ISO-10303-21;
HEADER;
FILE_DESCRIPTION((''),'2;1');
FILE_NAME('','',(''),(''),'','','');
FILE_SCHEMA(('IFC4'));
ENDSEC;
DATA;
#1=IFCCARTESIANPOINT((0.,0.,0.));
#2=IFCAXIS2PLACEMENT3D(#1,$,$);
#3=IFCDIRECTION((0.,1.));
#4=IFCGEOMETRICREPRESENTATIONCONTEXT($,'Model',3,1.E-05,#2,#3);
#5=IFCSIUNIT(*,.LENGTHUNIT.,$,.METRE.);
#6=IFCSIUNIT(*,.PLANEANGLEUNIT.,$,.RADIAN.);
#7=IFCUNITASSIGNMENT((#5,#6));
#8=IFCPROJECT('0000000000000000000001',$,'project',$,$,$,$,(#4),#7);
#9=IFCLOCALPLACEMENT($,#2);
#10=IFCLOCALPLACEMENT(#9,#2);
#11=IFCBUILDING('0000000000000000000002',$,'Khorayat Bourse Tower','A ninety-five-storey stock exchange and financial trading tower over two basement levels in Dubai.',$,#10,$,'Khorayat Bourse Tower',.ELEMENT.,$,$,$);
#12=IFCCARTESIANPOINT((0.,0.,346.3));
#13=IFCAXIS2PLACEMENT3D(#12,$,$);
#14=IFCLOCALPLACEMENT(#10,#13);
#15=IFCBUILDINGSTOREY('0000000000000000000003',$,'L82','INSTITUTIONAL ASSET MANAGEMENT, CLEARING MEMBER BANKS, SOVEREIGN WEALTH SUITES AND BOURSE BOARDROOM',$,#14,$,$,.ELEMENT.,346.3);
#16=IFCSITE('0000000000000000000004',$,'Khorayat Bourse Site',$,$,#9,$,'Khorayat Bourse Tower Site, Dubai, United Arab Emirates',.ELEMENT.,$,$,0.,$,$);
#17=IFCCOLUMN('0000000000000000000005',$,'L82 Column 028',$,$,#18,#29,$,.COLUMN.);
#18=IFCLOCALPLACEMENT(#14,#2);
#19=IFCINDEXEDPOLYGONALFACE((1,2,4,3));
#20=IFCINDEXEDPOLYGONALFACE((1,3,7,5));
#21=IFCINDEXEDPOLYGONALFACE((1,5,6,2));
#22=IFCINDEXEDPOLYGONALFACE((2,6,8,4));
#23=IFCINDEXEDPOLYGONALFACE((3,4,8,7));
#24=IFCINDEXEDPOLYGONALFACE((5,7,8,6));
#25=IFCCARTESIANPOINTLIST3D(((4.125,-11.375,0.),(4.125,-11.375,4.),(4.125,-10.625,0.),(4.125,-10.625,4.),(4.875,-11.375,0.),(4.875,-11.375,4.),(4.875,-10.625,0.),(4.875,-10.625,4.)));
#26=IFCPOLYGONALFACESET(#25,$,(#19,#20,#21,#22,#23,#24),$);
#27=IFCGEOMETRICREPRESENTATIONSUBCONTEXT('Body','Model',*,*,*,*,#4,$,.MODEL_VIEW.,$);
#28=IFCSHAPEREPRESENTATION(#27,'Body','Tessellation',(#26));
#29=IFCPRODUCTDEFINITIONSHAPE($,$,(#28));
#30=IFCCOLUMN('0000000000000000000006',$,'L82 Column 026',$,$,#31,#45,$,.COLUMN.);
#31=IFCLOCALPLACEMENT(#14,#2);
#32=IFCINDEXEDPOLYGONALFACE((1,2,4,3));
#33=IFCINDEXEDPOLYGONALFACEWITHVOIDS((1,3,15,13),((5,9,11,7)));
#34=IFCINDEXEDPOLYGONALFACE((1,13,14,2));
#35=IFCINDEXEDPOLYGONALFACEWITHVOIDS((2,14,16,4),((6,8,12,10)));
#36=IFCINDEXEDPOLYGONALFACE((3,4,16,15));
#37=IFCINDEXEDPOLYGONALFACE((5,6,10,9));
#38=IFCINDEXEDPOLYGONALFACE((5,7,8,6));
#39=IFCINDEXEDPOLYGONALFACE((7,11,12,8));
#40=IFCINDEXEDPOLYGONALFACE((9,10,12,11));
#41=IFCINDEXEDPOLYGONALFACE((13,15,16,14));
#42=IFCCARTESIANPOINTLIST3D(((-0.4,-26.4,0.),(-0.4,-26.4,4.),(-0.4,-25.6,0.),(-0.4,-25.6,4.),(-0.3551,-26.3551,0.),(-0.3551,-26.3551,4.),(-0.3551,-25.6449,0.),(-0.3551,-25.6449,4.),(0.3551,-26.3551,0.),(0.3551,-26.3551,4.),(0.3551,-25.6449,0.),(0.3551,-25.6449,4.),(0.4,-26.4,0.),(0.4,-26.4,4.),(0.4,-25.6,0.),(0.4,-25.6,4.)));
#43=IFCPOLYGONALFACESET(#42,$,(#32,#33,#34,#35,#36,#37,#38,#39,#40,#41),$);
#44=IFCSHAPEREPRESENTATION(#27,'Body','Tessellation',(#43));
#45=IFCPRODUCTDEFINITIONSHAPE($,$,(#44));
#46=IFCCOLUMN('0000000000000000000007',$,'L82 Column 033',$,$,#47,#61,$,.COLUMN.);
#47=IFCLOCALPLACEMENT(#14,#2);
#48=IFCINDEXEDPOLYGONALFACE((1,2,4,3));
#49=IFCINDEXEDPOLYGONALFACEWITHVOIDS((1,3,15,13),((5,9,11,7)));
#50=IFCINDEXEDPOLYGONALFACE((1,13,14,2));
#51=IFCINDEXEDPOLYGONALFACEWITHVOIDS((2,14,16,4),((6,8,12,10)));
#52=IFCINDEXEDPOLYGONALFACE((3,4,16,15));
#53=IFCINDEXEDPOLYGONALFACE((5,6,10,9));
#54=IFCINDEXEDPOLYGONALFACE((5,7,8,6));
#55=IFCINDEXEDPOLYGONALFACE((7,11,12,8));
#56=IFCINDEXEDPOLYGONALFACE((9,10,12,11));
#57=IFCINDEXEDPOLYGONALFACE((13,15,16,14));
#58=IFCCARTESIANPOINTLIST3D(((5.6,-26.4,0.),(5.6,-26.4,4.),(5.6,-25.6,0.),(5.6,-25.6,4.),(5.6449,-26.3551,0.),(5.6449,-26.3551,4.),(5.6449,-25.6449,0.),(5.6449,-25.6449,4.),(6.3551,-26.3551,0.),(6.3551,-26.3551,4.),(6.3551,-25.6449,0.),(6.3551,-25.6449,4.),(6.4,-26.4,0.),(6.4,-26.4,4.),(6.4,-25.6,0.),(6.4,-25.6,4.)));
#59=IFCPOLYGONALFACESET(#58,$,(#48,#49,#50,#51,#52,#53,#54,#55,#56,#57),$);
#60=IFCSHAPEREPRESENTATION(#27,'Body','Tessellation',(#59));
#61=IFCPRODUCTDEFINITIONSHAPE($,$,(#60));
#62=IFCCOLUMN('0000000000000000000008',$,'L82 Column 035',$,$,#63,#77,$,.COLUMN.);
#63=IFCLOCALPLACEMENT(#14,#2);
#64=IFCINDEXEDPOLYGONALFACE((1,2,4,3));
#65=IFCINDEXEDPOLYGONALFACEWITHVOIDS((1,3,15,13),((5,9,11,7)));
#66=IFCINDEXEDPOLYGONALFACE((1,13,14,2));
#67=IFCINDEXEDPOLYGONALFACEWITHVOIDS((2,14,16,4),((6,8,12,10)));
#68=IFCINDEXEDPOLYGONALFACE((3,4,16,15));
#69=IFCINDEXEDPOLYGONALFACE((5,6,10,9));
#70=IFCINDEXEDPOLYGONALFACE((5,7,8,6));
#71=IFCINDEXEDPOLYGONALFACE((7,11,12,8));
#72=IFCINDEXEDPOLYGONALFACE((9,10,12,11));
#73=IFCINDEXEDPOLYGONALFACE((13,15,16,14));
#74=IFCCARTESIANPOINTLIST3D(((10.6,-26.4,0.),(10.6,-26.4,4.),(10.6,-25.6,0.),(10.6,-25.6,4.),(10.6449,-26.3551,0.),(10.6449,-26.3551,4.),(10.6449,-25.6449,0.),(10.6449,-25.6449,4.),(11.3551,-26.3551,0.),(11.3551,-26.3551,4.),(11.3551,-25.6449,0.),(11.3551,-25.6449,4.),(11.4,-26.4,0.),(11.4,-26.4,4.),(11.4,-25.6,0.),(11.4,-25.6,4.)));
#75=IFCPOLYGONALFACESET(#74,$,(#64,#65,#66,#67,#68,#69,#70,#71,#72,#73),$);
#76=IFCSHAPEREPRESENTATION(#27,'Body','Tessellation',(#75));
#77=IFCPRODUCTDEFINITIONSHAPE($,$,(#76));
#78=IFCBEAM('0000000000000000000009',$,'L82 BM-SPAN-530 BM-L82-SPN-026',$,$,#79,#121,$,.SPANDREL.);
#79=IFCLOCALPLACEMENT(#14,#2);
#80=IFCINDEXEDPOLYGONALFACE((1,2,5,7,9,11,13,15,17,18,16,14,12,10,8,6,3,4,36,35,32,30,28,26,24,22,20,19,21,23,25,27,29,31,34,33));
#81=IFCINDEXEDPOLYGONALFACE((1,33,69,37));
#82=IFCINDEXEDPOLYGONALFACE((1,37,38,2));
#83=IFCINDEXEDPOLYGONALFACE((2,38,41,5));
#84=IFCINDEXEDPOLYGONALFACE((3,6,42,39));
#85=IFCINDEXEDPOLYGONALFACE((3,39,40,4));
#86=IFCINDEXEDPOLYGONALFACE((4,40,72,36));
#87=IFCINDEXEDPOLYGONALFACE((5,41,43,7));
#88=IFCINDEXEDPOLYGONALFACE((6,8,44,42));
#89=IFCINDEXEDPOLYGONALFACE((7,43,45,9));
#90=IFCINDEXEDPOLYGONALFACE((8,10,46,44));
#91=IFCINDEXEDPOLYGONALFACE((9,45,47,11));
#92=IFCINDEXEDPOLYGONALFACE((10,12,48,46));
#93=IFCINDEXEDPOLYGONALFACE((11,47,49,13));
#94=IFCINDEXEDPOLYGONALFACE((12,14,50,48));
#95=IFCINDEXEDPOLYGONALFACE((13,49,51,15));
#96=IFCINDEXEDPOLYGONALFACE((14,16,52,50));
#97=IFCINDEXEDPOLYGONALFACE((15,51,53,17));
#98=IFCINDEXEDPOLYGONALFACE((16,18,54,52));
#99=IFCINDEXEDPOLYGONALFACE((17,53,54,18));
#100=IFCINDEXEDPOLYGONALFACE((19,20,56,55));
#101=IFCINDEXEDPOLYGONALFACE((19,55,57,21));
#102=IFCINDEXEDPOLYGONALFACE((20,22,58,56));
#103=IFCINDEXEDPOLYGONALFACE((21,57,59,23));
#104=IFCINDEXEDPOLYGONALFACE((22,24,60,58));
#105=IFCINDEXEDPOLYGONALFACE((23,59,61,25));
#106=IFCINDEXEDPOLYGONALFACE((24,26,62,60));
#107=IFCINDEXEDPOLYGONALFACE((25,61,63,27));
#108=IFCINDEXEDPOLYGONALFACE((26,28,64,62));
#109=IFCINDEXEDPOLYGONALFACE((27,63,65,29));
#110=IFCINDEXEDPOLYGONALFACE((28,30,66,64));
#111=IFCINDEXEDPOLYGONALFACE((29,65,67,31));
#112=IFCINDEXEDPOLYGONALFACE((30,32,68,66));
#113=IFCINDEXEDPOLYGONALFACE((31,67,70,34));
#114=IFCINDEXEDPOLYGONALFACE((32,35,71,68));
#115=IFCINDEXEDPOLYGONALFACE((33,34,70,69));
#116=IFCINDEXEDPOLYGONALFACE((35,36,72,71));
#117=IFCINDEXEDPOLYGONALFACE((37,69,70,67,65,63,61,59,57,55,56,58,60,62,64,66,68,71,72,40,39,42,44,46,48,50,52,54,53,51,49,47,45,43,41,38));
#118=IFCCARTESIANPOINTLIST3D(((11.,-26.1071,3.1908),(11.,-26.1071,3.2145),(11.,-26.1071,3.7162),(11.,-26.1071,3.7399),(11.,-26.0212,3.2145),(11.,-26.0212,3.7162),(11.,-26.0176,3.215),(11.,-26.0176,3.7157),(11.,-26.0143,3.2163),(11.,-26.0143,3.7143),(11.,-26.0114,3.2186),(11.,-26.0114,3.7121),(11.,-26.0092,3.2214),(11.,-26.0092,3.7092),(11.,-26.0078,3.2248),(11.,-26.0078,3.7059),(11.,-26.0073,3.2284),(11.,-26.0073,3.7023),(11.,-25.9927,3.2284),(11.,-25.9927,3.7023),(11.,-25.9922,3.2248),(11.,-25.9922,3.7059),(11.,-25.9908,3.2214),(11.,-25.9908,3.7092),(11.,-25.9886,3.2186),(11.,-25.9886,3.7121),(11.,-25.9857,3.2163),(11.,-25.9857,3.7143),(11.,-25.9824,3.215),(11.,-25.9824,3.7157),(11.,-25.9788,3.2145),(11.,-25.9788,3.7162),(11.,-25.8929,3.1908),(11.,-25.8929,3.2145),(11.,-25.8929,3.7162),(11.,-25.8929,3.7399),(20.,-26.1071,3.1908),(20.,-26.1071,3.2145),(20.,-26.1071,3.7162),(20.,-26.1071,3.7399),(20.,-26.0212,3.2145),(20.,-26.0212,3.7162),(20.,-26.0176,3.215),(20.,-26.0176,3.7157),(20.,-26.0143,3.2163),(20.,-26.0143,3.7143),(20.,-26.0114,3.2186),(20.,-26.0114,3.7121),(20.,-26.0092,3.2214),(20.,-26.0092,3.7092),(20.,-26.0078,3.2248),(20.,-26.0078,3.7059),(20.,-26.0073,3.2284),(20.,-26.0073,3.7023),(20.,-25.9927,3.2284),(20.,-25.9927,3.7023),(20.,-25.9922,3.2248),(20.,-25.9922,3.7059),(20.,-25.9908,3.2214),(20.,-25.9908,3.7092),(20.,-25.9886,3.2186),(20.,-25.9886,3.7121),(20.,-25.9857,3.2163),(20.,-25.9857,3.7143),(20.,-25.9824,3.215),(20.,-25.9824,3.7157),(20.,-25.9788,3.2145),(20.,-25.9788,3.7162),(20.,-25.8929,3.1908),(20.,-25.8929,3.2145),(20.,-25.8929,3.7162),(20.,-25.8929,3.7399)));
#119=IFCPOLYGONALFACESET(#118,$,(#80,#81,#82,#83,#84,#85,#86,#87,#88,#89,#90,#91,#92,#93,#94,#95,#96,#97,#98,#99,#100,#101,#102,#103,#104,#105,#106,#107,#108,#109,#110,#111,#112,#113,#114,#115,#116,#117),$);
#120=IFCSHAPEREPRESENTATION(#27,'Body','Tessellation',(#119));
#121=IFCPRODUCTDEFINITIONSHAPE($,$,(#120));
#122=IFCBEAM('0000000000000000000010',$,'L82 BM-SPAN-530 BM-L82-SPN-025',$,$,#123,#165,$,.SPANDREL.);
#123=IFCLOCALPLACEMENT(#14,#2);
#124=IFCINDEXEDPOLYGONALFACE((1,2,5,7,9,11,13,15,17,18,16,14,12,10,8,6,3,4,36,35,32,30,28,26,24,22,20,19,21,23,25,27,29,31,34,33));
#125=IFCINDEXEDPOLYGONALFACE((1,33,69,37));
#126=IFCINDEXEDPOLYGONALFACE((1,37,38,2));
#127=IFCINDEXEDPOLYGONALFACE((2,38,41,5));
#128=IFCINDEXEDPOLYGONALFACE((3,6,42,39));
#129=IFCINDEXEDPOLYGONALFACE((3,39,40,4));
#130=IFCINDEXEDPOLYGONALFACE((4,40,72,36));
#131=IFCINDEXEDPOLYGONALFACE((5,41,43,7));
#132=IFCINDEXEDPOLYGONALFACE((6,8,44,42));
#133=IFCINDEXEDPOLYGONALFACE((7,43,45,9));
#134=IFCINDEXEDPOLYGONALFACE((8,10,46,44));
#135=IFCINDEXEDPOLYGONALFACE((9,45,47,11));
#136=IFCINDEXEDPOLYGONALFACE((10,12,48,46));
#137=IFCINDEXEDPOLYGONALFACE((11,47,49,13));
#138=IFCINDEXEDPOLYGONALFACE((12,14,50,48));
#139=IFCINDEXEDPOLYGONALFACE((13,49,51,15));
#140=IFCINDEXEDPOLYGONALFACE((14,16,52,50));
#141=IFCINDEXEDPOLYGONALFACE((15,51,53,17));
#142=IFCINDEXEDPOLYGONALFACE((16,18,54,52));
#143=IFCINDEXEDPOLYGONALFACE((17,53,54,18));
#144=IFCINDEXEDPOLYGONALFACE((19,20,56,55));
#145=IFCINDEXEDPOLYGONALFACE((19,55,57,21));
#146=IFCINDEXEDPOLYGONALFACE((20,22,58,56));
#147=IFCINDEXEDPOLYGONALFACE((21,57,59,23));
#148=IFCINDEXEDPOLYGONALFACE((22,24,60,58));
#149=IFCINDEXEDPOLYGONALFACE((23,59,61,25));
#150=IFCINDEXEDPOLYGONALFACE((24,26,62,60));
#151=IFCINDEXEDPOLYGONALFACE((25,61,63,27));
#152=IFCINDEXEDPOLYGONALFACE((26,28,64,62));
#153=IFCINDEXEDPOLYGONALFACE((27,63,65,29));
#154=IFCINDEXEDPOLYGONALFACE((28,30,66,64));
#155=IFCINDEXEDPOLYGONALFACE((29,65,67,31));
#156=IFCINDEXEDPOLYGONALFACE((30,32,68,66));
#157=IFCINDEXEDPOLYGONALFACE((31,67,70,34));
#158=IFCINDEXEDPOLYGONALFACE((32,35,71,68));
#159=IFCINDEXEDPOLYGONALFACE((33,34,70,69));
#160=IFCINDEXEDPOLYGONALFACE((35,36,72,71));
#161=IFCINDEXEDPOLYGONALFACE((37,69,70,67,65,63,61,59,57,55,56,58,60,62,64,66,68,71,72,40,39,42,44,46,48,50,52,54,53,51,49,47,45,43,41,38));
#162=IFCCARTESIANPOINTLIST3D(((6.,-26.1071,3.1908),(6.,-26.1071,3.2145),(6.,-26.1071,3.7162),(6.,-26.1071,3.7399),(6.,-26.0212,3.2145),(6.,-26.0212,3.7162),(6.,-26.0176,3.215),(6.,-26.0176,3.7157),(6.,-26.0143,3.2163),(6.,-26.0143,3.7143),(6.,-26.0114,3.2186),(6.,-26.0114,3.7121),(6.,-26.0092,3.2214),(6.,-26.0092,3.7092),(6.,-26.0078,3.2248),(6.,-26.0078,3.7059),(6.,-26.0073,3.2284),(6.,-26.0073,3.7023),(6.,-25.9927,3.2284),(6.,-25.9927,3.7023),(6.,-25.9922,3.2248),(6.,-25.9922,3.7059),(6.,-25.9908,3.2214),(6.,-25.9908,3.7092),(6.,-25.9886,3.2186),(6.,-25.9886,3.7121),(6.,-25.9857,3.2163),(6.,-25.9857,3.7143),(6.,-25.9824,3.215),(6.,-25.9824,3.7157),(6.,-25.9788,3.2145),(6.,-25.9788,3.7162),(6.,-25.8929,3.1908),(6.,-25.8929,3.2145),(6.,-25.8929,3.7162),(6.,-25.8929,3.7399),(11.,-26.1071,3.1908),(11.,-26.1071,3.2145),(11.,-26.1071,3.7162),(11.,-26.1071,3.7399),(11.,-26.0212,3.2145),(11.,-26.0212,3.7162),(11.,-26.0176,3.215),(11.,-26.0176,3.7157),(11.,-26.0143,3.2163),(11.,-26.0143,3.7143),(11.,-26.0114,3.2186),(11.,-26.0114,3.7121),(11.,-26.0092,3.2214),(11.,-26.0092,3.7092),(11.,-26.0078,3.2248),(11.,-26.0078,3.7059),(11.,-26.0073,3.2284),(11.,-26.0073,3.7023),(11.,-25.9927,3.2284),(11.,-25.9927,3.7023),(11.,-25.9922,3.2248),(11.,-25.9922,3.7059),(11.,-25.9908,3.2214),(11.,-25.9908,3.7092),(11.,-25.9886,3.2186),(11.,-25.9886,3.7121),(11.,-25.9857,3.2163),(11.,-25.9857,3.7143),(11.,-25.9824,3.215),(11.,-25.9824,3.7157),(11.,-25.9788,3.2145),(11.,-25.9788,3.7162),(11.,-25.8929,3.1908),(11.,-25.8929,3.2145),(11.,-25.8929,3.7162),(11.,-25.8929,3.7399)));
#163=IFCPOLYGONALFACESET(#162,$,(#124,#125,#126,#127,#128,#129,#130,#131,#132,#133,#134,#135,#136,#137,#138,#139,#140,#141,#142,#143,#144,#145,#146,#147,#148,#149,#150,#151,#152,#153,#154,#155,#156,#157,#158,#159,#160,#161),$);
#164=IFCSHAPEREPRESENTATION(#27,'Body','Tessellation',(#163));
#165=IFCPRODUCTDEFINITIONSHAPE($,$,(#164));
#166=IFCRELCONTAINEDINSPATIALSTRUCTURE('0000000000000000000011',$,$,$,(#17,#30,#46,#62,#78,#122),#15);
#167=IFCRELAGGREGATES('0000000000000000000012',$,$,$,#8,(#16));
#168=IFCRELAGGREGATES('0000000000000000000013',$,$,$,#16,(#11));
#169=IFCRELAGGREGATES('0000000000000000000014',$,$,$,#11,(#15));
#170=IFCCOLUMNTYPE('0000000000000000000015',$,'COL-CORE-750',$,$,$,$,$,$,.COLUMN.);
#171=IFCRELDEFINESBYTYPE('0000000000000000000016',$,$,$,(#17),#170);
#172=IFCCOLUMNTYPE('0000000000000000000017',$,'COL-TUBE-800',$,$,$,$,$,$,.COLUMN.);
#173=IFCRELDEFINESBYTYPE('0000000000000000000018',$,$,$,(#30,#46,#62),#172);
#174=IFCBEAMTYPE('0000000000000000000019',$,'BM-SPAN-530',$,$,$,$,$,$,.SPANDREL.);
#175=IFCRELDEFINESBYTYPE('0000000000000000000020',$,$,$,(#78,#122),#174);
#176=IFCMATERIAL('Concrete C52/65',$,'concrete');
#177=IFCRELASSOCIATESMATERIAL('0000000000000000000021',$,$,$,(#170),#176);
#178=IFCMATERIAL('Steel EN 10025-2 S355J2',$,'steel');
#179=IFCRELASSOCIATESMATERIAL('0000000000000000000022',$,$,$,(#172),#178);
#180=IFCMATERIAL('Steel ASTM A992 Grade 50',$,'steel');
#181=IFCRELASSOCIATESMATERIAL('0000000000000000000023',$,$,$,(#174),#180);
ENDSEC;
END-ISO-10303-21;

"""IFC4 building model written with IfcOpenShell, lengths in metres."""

from ifc_helpers import new_model, si_unit, direction, frame, origin, origin_2d, place, context, subcontext, project, spatial, rectangle, hollow_rectangle, i_section, extrude, source, transform, mapped, material, material_profile, profile_set, type_object, element, save


model = new_model("IFC4")

# Units and contexts
model_context = context("Model", 3, precision=1e-05, world=origin(), true_north=direction((0.0, 1.0)))
body_context = subcontext(model_context, "Body", "Model", "MODEL_VIEW")
ifc_project = project(units=[si_unit("LENGTHUNIT", "METRE"), si_unit("PLANEANGLEUNIT", "RADIAN")], contexts=[model_context])

# Site, building, storey
site_placement = place(None, origin())
site = spatial("IfcSite", under=ifc_project, at=site_placement, Name="Khorayat Bourse Site", LongName="Khorayat Bourse Tower Site, Dubai, United Arab Emirates", CompositionType="ELEMENT", RefElevation=0.0)
building_placement = place(site_placement, origin())
building = spatial("IfcBuilding", under=site, at=building_placement, Name="Khorayat Bourse Tower", Description="A ninety-five-storey stock exchange and financial trading tower over two basement levels in Dubai.", LongName="Khorayat Bourse Tower", CompositionType="ELEMENT")
storey_placement = place(building_placement, frame((0.0, 0.0, 346.3)))
storey = spatial("IfcBuildingStorey", under=building, at=storey_placement, Name="L82", Description="INSTITUTIONAL ASSET MANAGEMENT, CLEARING MEMBER BANKS, SOVEREIGN WEALTH SUITES AND BOURSE BOARDROOM", CompositionType="ELEMENT", Elevation=346.3)

# Columns
ifc_material_1 = material(Name="Concrete C52/65", Category="concrete")
ifc_material_profile_1 = material_profile(ifc_material_1, rectangle(XDim=0.75, YDim=0.75, at=origin_2d()), Name="RC 750x750")
ifc_profile_set_1 = profile_set([ifc_material_profile_1], Name="Concrete C52/65")
column_type_1 = type_object("IfcColumnType", Name="COL-CORE-750", PredefinedType="COLUMN", material=ifc_profile_set_1)
shared_shape_1 = source(origin(), body_context, "Body", "SweptSolid", [
    extrude(rectangle(XDim=0.75, YDim=0.75, at=origin_2d()), origin(), (0.0, 0.0, 1.0), 4.0),
])
column_placement = place(storey_placement, frame((4.5, -11.0, 0.0), z_axis=(0.0, 0.0, 1.0), x_axis=(1.0, 0.0, 0.0)))
element("IfcColumn", 1, at=column_placement, inside=storey, type_object=column_type_1, Name="L82 Column 028", PredefinedType="COLUMN", context=body_context, shape_type="MappedRepresentation", body=[
    mapped(shared_shape_1, transform((0.0, 0.0, 0.0), scale=1.0)),
])
ifc_material_2 = material(Name="Steel EN 10025-2 S355J2", Category="steel")
ifc_material_profile_2 = material_profile(ifc_material_2, hollow_rectangle(XDim=0.8, YDim=0.8, WallThickness=0.0449, at=origin_2d()), Name="BOX 800x800x45")
ifc_profile_set_2 = profile_set([ifc_material_profile_2], Name="Steel EN 10025-2 S355J2")
column_type_2 = type_object("IfcColumnType", Name="COL-TUBE-800", PredefinedType="COLUMN", material=ifc_profile_set_2)
shared_shape_2 = source(origin(), body_context, "Body", "SweptSolid", [
    extrude(hollow_rectangle(XDim=0.8, YDim=0.8, WallThickness=0.0449, at=origin_2d()), origin(), (0.0, 0.0, 1.0), 4.0),
])
for number, where, z_axis, x_axis, name in (
    (2, (0.0, -26.0, 0.0), (0.0, 0.0, 1.0), (1.0, 0.0, 0.0), "L82 Column 026"),
    (3, (6.0, -26.0, 0.0), (0.0, 0.0, 1.0), (1.0, 0.0, 0.0), "L82 Column 033"),
    (4, (11.0, -26.0, 0.0), (0.0, 0.0, 1.0), (1.0, 0.0, 0.0), "L82 Column 035"),
):
    element("IfcColumn", number, at=place(storey_placement, frame(where, z_axis=z_axis, x_axis=x_axis)), inside=storey, type_object=column_type_2, Name=name, PredefinedType="COLUMN", context=body_context, shape_type="MappedRepresentation", body=[
        mapped(shared_shape_2, transform((0.0, 0.0, 0.0), scale=1.0)),
    ])

# Beams
ifc_material_3 = material(Name="Steel ASTM A992 Grade 50", Category="steel")
ifc_material_profile_3 = material_profile(ifc_material_3, i_section(OverallWidth=0.2141, OverallDepth=0.5491, WebThickness=0.0146, FlangeThickness=0.0237, FilletRadius=0.0139, at=origin_2d()), Name="W530X138")
ifc_profile_set_3 = profile_set([ifc_material_profile_3], Name="Steel ASTM A992 Grade 50")
beam_type_1 = type_object("IfcBeamType", Name="BM-SPAN-530", PredefinedType="SPANDREL", material=ifc_profile_set_3)
shared_shape_3 = source(origin(), body_context, "Body", "SweptSolid", [
    extrude(i_section(OverallWidth=0.2141, OverallDepth=0.5491, WebThickness=0.0146, FlangeThickness=0.0237, FilletRadius=0.0139, at=origin_2d()), origin(), (0.0, 0.0, 1.0), 9.0),
])
beam_1_placement = place(storey_placement, frame((11.0, -26.0, 3.4653), z_axis=(1.0, 0.0, 0.0), x_axis=(0.0, 1.0, 0.0)))
element("IfcBeam", 5, at=beam_1_placement, inside=storey, type_object=beam_type_1, Name="L82 BM-SPAN-530 BM-L82-SPN-026", PredefinedType="SPANDREL", context=body_context, shape_type="MappedRepresentation", body=[
    mapped(shared_shape_3, transform((0.0, 0.0, 0.0), scale=1.0)),
])
shared_shape_4 = source(origin(), body_context, "Body", "SweptSolid", [
    extrude(i_section(OverallWidth=0.2141, OverallDepth=0.5491, WebThickness=0.0146, FlangeThickness=0.0237, FilletRadius=0.0139, at=origin_2d()), origin(), (0.0, 0.0, 1.0), 5.0),
])
beam_2_placement = place(storey_placement, frame((6.0, -26.0, 3.4653), z_axis=(1.0, 0.0, 0.0), x_axis=(0.0, 1.0, 0.0)))
element("IfcBeam", 6, at=beam_2_placement, inside=storey, type_object=beam_type_1, Name="L82 BM-SPAN-530 BM-L82-SPN-025", PredefinedType="SPANDREL", context=body_context, shape_type="MappedRepresentation", body=[
    mapped(shared_shape_4, transform((0.0, 0.0, 0.0), scale=1.0)),
])

save(model, "model.ifc")
